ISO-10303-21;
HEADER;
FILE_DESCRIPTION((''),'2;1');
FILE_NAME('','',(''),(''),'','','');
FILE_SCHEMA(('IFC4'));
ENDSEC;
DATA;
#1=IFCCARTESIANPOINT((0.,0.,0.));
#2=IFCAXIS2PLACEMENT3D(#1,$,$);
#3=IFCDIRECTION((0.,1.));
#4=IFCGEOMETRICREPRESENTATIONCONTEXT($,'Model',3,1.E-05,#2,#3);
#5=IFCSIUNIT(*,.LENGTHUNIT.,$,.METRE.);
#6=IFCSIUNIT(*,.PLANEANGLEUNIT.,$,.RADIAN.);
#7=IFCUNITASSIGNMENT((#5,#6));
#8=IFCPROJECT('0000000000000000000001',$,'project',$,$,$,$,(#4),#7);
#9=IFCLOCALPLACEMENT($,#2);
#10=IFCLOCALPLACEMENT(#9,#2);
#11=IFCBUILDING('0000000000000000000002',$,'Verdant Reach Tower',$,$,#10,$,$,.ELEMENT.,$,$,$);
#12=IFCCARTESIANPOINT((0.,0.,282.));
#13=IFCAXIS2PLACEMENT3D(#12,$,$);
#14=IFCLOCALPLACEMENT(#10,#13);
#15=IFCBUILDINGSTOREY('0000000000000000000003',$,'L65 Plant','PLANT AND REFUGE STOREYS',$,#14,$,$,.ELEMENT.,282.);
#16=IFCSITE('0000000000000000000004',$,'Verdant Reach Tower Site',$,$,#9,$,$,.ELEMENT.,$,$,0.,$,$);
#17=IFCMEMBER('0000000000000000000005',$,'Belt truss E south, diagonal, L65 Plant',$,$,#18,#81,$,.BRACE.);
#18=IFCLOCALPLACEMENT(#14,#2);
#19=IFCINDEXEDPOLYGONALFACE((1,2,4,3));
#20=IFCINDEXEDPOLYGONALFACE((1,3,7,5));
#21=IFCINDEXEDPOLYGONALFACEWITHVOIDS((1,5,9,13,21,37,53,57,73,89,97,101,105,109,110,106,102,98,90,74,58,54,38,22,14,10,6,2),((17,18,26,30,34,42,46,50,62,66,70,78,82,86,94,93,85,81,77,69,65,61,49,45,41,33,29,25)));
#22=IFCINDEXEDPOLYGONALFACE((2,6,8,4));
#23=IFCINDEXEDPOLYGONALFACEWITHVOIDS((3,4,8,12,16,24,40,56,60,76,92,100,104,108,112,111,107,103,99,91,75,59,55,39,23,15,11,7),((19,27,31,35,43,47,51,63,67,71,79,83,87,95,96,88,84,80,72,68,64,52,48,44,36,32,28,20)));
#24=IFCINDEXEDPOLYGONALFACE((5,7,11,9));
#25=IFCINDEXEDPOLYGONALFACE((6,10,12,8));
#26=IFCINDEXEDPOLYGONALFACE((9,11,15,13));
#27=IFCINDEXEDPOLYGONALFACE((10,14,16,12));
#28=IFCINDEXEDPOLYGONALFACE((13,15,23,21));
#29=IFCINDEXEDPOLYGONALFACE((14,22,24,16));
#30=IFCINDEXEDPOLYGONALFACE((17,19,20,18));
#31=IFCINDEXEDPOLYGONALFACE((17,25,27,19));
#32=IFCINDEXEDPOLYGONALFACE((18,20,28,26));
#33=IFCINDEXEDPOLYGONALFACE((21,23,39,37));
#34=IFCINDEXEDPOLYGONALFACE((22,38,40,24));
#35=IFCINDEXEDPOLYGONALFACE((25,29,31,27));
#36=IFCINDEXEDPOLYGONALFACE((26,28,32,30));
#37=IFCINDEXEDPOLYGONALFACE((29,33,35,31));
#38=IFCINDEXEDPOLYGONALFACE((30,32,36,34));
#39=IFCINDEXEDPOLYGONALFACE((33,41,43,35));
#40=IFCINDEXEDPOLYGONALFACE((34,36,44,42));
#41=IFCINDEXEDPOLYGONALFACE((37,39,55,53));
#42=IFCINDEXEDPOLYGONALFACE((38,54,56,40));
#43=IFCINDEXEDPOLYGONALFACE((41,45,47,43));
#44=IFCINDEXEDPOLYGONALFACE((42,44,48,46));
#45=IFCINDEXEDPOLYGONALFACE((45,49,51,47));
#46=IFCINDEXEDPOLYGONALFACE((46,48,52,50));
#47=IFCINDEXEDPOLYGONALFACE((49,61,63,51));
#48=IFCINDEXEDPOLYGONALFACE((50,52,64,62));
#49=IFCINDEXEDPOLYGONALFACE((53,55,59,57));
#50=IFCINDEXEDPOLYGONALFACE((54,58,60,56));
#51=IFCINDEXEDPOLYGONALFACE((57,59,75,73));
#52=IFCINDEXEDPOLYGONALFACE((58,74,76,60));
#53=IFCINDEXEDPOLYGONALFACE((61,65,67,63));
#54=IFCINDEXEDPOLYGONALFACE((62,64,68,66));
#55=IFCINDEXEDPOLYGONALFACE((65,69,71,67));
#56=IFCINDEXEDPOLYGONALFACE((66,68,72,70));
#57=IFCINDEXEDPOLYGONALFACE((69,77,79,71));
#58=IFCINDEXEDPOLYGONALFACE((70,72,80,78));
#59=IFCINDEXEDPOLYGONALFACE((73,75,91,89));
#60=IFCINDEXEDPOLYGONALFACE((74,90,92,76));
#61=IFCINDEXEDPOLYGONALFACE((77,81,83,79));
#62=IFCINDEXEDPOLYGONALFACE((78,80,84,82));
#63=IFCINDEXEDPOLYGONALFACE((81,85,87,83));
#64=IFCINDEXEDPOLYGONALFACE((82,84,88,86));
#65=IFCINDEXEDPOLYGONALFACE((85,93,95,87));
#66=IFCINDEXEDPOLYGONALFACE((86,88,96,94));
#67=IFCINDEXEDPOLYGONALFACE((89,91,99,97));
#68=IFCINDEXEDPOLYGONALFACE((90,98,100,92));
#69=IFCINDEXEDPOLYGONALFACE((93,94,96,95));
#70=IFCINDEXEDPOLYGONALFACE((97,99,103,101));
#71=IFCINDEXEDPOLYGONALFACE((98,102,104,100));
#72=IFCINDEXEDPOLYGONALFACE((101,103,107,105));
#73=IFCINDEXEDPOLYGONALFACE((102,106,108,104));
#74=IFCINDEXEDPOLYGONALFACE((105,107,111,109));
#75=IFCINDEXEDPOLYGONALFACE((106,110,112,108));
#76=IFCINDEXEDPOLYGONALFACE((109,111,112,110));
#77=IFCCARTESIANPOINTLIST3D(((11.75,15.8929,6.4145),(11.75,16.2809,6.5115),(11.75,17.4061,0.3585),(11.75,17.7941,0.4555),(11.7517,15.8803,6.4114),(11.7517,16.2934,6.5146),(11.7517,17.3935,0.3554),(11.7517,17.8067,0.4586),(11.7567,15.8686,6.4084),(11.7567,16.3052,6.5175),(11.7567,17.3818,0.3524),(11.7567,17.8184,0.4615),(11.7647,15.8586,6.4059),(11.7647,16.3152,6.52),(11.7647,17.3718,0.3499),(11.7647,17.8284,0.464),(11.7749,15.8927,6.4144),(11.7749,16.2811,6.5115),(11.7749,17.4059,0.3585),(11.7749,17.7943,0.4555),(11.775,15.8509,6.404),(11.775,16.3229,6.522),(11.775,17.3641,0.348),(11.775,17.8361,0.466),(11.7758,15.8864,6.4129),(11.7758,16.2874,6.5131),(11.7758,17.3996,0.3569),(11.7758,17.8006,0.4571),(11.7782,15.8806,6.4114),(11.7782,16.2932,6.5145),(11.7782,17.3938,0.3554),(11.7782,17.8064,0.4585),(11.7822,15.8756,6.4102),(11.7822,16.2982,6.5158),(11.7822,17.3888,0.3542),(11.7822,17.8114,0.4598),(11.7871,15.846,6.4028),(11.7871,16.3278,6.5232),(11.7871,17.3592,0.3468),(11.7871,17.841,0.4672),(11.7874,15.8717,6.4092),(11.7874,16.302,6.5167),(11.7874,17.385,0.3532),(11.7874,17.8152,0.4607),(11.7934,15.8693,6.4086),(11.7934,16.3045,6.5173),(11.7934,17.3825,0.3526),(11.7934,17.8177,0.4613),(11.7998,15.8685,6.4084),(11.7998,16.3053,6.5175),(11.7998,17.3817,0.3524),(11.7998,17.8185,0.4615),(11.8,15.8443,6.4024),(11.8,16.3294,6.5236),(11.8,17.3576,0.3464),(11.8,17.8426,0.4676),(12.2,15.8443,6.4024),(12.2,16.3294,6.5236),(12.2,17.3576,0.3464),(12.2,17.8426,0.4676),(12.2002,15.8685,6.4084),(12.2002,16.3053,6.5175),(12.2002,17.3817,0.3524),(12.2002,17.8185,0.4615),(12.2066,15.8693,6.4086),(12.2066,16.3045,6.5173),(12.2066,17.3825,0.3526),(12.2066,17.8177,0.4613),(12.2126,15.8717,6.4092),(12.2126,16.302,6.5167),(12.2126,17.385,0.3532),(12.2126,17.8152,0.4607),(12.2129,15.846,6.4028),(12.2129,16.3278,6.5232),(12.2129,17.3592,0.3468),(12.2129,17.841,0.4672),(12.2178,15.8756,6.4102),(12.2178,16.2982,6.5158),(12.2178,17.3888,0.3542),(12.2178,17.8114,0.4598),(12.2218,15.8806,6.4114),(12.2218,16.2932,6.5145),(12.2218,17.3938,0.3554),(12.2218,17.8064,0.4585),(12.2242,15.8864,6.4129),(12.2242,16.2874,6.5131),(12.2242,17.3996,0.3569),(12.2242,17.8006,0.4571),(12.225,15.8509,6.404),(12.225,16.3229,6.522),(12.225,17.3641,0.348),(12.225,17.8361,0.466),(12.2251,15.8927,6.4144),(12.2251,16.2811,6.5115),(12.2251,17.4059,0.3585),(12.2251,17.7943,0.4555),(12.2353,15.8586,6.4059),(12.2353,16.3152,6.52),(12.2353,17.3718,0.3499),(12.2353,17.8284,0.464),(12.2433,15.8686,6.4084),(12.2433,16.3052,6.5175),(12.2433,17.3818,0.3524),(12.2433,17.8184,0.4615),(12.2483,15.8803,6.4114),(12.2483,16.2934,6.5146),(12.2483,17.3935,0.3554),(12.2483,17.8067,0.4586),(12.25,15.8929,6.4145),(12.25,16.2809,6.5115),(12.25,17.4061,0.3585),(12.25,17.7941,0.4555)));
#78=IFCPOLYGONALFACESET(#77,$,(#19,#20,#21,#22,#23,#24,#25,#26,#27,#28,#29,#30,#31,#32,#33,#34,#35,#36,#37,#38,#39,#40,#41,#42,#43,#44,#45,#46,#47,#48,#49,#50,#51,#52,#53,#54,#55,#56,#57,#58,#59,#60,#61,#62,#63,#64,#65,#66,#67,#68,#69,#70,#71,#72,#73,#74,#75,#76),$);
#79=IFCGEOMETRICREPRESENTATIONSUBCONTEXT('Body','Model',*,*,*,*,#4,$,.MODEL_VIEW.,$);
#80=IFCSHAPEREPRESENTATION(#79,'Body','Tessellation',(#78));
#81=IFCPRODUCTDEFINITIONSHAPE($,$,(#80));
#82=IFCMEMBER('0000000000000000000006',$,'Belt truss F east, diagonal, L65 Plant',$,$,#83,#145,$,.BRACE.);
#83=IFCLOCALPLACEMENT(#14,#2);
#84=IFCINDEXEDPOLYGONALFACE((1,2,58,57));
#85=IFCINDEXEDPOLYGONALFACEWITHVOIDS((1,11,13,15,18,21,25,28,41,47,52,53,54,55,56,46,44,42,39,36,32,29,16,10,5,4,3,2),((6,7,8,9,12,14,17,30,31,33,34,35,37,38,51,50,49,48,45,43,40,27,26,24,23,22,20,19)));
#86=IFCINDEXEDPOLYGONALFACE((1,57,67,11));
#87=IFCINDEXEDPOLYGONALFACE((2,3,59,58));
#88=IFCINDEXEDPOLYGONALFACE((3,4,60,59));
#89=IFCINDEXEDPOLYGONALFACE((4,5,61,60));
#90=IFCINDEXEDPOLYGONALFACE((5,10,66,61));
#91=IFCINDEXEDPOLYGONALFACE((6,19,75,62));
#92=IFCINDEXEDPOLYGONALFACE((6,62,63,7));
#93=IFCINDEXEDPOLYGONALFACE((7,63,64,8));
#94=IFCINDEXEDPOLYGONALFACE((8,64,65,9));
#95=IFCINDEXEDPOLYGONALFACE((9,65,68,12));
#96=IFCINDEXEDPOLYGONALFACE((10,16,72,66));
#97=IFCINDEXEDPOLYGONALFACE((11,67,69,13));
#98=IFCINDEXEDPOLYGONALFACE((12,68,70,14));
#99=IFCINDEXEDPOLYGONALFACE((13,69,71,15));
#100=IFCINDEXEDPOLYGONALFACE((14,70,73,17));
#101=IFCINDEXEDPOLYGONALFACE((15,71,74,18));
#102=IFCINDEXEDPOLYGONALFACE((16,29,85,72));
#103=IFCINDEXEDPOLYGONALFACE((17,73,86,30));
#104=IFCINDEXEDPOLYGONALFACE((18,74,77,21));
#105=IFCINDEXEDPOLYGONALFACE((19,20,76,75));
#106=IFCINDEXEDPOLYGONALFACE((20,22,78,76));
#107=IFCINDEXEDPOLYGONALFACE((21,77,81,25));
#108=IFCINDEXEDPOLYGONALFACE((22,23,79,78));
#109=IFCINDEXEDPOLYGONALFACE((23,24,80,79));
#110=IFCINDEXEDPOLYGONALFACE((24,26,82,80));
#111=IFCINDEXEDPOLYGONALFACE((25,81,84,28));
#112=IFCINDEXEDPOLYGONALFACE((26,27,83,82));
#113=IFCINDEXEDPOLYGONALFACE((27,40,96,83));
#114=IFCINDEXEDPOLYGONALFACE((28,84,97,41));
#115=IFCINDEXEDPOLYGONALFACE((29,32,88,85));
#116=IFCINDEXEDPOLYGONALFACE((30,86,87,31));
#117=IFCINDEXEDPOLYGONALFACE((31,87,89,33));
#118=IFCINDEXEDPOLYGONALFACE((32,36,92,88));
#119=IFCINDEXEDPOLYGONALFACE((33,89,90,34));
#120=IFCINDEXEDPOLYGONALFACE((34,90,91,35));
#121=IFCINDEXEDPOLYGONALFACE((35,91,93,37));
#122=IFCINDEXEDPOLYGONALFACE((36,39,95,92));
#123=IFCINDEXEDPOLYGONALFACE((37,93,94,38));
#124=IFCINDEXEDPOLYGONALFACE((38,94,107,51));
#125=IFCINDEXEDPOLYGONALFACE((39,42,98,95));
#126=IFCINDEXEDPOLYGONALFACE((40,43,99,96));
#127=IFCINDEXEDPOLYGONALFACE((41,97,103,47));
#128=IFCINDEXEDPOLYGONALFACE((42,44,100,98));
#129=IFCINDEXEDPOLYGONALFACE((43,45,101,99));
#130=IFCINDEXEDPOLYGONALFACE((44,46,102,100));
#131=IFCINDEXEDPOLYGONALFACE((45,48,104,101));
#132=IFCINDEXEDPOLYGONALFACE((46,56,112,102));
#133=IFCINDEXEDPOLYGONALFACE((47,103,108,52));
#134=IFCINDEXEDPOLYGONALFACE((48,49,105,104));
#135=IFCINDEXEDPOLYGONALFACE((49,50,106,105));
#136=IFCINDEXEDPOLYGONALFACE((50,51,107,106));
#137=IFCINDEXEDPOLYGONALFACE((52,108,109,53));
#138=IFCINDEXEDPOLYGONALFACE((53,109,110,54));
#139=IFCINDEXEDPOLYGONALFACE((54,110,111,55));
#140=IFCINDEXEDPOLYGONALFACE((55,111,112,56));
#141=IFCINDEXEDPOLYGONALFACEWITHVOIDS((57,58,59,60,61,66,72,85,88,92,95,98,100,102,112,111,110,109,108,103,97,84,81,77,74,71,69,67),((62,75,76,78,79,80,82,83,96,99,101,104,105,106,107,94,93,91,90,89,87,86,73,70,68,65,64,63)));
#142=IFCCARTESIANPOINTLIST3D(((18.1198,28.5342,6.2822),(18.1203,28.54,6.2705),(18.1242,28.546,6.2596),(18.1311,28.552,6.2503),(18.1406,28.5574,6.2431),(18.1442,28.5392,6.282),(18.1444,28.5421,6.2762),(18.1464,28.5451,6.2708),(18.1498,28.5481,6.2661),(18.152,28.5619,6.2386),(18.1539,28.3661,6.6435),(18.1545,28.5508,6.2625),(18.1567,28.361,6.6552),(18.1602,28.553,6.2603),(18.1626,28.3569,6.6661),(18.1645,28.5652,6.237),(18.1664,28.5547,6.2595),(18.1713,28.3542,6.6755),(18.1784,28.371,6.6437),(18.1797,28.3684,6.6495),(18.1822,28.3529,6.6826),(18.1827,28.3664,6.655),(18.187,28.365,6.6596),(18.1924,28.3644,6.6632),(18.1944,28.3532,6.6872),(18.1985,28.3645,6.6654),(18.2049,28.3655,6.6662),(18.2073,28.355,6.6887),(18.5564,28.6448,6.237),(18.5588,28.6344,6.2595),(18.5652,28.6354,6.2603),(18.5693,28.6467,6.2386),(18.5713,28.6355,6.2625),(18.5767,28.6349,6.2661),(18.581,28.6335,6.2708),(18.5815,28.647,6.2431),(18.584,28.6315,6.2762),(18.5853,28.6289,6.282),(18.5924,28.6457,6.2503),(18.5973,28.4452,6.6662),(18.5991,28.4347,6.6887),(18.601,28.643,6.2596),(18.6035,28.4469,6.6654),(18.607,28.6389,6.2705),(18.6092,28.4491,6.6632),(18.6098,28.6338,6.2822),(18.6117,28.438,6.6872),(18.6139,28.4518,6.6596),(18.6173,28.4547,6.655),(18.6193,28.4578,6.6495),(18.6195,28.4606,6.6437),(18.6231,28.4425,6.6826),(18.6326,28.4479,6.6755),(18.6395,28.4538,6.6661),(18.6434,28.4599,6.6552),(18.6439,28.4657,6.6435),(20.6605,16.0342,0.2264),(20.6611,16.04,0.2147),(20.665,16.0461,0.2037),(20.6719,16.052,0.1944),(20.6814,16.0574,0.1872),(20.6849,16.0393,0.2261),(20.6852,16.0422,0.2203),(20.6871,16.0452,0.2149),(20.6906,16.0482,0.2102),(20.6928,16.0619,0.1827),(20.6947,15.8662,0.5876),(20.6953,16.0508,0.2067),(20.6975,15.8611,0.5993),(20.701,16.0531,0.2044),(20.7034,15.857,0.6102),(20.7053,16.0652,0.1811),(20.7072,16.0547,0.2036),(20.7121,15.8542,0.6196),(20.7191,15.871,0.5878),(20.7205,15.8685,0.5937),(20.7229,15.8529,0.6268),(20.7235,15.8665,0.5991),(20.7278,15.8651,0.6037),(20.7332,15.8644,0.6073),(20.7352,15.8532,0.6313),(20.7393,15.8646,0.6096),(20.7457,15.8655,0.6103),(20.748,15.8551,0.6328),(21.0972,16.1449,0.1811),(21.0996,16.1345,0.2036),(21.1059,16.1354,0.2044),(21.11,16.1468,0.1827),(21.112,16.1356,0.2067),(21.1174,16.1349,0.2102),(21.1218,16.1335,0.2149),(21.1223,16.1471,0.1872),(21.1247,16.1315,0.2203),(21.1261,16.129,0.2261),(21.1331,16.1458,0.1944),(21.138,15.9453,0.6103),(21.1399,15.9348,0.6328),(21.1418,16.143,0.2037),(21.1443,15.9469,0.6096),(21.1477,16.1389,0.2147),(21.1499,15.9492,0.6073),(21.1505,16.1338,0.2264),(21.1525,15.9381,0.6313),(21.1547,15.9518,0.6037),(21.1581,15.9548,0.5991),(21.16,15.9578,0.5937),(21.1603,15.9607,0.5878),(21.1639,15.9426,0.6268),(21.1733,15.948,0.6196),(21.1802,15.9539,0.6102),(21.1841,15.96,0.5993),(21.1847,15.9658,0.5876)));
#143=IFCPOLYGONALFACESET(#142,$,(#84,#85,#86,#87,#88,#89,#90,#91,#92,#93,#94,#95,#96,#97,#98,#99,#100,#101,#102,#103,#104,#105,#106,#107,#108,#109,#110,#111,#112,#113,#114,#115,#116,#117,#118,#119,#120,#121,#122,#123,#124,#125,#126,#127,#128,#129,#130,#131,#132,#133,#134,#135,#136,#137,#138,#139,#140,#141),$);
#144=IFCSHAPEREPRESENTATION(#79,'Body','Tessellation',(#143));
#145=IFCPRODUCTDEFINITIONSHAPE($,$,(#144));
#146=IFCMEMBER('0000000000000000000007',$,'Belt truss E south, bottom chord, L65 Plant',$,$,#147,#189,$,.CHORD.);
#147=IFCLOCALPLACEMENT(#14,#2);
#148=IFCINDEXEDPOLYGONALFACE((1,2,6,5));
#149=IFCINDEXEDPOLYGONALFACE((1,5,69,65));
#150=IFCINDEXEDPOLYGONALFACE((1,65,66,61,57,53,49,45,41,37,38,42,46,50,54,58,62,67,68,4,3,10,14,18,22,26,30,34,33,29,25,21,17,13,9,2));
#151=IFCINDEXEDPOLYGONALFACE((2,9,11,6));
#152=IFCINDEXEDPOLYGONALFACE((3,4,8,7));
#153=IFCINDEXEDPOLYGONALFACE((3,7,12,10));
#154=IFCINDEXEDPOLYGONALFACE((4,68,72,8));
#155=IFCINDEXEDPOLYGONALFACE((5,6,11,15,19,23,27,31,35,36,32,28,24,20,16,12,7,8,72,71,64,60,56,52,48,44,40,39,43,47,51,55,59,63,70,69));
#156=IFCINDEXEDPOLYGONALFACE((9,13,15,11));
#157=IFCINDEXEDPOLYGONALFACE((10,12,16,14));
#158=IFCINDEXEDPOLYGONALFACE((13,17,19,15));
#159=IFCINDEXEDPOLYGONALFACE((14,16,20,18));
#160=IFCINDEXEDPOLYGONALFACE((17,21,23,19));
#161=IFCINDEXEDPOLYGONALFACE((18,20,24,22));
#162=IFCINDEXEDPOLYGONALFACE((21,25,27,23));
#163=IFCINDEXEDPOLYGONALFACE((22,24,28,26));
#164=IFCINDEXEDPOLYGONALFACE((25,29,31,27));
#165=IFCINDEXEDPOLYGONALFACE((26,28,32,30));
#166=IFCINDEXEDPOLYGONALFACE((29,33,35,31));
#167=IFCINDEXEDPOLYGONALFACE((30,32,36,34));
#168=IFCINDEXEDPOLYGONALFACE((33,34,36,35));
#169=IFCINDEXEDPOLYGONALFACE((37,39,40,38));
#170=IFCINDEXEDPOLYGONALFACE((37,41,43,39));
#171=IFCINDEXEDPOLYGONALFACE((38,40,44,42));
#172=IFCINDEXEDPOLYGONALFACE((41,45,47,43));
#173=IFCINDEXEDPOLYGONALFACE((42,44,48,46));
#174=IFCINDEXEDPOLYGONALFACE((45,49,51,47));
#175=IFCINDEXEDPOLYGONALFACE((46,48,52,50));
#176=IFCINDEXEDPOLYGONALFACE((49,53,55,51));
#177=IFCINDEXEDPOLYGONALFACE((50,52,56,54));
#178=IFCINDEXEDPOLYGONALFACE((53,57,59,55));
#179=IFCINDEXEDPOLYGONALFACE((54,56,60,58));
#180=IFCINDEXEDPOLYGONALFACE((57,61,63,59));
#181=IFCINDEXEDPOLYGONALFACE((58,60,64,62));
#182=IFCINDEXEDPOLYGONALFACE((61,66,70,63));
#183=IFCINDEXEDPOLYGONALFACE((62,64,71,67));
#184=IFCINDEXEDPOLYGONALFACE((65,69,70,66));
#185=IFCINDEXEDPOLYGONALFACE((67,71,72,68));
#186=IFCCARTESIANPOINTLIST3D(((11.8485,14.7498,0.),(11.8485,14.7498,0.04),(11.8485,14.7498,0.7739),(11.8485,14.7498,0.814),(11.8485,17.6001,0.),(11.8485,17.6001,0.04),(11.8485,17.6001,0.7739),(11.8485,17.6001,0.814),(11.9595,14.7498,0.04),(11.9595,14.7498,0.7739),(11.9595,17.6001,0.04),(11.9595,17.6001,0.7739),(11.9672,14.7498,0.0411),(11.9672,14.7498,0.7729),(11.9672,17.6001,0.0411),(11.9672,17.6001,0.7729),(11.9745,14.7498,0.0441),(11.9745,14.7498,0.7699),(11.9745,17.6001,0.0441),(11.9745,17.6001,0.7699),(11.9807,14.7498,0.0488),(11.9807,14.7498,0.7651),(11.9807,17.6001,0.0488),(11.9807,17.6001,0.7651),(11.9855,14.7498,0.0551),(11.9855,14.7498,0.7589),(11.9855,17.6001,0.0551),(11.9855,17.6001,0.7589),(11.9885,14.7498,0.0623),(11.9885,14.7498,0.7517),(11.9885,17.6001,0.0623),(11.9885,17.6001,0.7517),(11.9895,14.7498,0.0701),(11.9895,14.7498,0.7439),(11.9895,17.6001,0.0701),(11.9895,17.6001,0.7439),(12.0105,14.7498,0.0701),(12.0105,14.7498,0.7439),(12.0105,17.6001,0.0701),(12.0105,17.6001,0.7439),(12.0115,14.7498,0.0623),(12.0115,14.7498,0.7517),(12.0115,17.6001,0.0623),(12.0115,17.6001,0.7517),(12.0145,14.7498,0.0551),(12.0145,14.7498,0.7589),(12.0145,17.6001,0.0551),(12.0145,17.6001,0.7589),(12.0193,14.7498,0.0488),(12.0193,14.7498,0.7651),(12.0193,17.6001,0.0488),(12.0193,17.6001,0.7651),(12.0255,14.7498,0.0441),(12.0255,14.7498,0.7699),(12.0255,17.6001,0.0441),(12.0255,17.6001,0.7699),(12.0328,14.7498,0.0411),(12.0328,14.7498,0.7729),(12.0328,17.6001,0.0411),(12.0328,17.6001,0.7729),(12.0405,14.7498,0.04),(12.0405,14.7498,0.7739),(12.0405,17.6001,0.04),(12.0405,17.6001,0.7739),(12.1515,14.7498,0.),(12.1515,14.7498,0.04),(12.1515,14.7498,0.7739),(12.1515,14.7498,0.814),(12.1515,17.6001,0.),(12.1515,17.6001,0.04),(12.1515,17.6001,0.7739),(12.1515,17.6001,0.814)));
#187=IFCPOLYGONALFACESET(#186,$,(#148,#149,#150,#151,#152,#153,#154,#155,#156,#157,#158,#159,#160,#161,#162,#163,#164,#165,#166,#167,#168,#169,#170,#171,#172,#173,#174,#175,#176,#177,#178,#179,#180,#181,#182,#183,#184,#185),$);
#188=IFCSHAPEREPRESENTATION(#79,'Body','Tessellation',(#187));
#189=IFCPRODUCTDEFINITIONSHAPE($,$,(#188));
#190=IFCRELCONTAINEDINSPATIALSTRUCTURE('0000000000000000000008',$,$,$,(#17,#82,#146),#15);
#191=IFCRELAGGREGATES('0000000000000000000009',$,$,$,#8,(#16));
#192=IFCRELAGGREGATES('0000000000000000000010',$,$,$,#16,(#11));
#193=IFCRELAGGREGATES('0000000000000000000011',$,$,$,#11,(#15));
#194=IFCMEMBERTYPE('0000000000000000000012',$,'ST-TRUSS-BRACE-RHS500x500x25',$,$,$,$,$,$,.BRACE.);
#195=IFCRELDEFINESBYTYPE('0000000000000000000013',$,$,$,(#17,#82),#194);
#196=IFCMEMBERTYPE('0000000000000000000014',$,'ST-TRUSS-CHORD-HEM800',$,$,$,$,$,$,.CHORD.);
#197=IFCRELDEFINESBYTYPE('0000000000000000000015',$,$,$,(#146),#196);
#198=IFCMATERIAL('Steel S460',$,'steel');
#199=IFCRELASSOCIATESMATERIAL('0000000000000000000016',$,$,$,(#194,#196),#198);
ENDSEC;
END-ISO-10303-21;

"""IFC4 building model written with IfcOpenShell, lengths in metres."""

from ifc_helpers import new_model, si_unit, direction, frame, origin, origin_2d, place, context, subcontext, project, spatial, hollow_rectangle, i_section, extrude, material, material_profile, profile_set, type_object, element, save


model = new_model("IFC4")

# Units and contexts
model_context = context("Model", 3, precision=1e-05, world=origin(), true_north=direction((0.0, 1.0)))
body_context = subcontext(model_context, "Body", "Model", "MODEL_VIEW")
ifc_project = project(units=[si_unit("LENGTHUNIT", "METRE"), si_unit("PLANEANGLEUNIT", "RADIAN")], contexts=[model_context])

# Site, building, storey
site_placement = place(None, origin())
site = spatial("IfcSite", under=ifc_project, at=site_placement, Name="Verdant Reach Tower Site", CompositionType="ELEMENT", RefElevation=0.0)
building_placement = place(site_placement, origin())
building = spatial("IfcBuilding", under=site, at=building_placement, Name="Verdant Reach Tower", CompositionType="ELEMENT")
storey_placement = place(building_placement, frame((0.0, 0.0, 282.0)))
storey = spatial("IfcBuildingStorey", under=building, at=storey_placement, Name="L65 Plant", Description="PLANT AND REFUGE STOREYS", CompositionType="ELEMENT", Elevation=282.0)

# Shared definitions
ifc_material_1 = material(Name="Steel S460", Category="steel")

# Members
ifc_material_profile_1 = material_profile(ifc_material_1, hollow_rectangle(XDim=0.5, YDim=0.5, WallThickness=0.0249, InnerFilletRadius=0.0249, OuterFilletRadius=0.05, at=origin_2d()), Name="RHS 500x500x25")
ifc_profile_set_1 = profile_set([ifc_material_profile_1], Name="Steel S460")
member_type_1 = type_object("IfcMemberType", Name="ST-TRUSS-BRACE-RHS500x500x25", PredefinedType="BRACE", material=ifc_profile_set_1)
member_1_placement = place(storey_placement, frame((12.0, 17.6001, 0.407), z_axis=(0.0, -0.242416, 0.970172), x_axis=(1.0, 0.0, 0.0)))
element("IfcMember", 1, at=member_1_placement, inside=storey, type_object=member_type_1, Name="Belt truss E south, diagonal, L65 Plant", PredefinedType="BRACE", context=body_context, shape_type="SweptSolid", body=[
    extrude(hollow_rectangle(XDim=0.5, YDim=0.5, WallThickness=0.0249, InnerFilletRadius=0.0249, OuterFilletRadius=0.05, at=origin_2d()), origin(), (0.0, 0.0, 1.0), 6.2422),
])
member_2_placement = place(storey_placement, frame((20.9226, 16.0, 0.407), z_axis=(-0.179939, 0.885258, 0.428883), x_axis=(-0.979961, -0.199189, 0.0)))
element("IfcMember", 2, at=member_2_placement, inside=storey, type_object=member_type_1, Name="Belt truss F east, diagonal, L65 Plant", PredefinedType="BRACE", context=body_context, shape_type="SweptSolid", body=[
    extrude(hollow_rectangle(XDim=0.5, YDim=0.5, WallThickness=0.0249, InnerFilletRadius=0.0249, OuterFilletRadius=0.05, at=origin_2d()), origin(), (0.0, 0.0, 1.0), 14.1201),
])
ifc_material_profile_2 = material_profile(ifc_material_1, i_section(OverallWidth=0.303, OverallDepth=0.814, WebThickness=0.021, FlangeThickness=0.04, FilletRadius=0.03, at=origin_2d()), Name="HEM 800")
ifc_profile_set_2 = profile_set([ifc_material_profile_2], Name="Steel S460")
member_type_2 = type_object("IfcMemberType", Name="ST-TRUSS-CHORD-HEM800", PredefinedType="CHORD", material=ifc_profile_set_2)
member_3_placement = place(storey_placement, frame((12.0, 17.6001, 0.407), z_axis=(0.0, -1.0, 0.0), x_axis=(1.0, 0.0, 0.0)))
element("IfcMember", 3, at=member_3_placement, inside=storey, type_object=member_type_2, Name="Belt truss E south, bottom chord, L65 Plant", PredefinedType="CHORD", context=body_context, shape_type="SweptSolid", body=[
    extrude(i_section(OverallWidth=0.303, OverallDepth=0.814, WebThickness=0.021, FlangeThickness=0.04, FilletRadius=0.03, at=origin_2d()), origin(), (0.0, 0.0, 1.0), 2.8503),
])

save(model, "model.ifc")
